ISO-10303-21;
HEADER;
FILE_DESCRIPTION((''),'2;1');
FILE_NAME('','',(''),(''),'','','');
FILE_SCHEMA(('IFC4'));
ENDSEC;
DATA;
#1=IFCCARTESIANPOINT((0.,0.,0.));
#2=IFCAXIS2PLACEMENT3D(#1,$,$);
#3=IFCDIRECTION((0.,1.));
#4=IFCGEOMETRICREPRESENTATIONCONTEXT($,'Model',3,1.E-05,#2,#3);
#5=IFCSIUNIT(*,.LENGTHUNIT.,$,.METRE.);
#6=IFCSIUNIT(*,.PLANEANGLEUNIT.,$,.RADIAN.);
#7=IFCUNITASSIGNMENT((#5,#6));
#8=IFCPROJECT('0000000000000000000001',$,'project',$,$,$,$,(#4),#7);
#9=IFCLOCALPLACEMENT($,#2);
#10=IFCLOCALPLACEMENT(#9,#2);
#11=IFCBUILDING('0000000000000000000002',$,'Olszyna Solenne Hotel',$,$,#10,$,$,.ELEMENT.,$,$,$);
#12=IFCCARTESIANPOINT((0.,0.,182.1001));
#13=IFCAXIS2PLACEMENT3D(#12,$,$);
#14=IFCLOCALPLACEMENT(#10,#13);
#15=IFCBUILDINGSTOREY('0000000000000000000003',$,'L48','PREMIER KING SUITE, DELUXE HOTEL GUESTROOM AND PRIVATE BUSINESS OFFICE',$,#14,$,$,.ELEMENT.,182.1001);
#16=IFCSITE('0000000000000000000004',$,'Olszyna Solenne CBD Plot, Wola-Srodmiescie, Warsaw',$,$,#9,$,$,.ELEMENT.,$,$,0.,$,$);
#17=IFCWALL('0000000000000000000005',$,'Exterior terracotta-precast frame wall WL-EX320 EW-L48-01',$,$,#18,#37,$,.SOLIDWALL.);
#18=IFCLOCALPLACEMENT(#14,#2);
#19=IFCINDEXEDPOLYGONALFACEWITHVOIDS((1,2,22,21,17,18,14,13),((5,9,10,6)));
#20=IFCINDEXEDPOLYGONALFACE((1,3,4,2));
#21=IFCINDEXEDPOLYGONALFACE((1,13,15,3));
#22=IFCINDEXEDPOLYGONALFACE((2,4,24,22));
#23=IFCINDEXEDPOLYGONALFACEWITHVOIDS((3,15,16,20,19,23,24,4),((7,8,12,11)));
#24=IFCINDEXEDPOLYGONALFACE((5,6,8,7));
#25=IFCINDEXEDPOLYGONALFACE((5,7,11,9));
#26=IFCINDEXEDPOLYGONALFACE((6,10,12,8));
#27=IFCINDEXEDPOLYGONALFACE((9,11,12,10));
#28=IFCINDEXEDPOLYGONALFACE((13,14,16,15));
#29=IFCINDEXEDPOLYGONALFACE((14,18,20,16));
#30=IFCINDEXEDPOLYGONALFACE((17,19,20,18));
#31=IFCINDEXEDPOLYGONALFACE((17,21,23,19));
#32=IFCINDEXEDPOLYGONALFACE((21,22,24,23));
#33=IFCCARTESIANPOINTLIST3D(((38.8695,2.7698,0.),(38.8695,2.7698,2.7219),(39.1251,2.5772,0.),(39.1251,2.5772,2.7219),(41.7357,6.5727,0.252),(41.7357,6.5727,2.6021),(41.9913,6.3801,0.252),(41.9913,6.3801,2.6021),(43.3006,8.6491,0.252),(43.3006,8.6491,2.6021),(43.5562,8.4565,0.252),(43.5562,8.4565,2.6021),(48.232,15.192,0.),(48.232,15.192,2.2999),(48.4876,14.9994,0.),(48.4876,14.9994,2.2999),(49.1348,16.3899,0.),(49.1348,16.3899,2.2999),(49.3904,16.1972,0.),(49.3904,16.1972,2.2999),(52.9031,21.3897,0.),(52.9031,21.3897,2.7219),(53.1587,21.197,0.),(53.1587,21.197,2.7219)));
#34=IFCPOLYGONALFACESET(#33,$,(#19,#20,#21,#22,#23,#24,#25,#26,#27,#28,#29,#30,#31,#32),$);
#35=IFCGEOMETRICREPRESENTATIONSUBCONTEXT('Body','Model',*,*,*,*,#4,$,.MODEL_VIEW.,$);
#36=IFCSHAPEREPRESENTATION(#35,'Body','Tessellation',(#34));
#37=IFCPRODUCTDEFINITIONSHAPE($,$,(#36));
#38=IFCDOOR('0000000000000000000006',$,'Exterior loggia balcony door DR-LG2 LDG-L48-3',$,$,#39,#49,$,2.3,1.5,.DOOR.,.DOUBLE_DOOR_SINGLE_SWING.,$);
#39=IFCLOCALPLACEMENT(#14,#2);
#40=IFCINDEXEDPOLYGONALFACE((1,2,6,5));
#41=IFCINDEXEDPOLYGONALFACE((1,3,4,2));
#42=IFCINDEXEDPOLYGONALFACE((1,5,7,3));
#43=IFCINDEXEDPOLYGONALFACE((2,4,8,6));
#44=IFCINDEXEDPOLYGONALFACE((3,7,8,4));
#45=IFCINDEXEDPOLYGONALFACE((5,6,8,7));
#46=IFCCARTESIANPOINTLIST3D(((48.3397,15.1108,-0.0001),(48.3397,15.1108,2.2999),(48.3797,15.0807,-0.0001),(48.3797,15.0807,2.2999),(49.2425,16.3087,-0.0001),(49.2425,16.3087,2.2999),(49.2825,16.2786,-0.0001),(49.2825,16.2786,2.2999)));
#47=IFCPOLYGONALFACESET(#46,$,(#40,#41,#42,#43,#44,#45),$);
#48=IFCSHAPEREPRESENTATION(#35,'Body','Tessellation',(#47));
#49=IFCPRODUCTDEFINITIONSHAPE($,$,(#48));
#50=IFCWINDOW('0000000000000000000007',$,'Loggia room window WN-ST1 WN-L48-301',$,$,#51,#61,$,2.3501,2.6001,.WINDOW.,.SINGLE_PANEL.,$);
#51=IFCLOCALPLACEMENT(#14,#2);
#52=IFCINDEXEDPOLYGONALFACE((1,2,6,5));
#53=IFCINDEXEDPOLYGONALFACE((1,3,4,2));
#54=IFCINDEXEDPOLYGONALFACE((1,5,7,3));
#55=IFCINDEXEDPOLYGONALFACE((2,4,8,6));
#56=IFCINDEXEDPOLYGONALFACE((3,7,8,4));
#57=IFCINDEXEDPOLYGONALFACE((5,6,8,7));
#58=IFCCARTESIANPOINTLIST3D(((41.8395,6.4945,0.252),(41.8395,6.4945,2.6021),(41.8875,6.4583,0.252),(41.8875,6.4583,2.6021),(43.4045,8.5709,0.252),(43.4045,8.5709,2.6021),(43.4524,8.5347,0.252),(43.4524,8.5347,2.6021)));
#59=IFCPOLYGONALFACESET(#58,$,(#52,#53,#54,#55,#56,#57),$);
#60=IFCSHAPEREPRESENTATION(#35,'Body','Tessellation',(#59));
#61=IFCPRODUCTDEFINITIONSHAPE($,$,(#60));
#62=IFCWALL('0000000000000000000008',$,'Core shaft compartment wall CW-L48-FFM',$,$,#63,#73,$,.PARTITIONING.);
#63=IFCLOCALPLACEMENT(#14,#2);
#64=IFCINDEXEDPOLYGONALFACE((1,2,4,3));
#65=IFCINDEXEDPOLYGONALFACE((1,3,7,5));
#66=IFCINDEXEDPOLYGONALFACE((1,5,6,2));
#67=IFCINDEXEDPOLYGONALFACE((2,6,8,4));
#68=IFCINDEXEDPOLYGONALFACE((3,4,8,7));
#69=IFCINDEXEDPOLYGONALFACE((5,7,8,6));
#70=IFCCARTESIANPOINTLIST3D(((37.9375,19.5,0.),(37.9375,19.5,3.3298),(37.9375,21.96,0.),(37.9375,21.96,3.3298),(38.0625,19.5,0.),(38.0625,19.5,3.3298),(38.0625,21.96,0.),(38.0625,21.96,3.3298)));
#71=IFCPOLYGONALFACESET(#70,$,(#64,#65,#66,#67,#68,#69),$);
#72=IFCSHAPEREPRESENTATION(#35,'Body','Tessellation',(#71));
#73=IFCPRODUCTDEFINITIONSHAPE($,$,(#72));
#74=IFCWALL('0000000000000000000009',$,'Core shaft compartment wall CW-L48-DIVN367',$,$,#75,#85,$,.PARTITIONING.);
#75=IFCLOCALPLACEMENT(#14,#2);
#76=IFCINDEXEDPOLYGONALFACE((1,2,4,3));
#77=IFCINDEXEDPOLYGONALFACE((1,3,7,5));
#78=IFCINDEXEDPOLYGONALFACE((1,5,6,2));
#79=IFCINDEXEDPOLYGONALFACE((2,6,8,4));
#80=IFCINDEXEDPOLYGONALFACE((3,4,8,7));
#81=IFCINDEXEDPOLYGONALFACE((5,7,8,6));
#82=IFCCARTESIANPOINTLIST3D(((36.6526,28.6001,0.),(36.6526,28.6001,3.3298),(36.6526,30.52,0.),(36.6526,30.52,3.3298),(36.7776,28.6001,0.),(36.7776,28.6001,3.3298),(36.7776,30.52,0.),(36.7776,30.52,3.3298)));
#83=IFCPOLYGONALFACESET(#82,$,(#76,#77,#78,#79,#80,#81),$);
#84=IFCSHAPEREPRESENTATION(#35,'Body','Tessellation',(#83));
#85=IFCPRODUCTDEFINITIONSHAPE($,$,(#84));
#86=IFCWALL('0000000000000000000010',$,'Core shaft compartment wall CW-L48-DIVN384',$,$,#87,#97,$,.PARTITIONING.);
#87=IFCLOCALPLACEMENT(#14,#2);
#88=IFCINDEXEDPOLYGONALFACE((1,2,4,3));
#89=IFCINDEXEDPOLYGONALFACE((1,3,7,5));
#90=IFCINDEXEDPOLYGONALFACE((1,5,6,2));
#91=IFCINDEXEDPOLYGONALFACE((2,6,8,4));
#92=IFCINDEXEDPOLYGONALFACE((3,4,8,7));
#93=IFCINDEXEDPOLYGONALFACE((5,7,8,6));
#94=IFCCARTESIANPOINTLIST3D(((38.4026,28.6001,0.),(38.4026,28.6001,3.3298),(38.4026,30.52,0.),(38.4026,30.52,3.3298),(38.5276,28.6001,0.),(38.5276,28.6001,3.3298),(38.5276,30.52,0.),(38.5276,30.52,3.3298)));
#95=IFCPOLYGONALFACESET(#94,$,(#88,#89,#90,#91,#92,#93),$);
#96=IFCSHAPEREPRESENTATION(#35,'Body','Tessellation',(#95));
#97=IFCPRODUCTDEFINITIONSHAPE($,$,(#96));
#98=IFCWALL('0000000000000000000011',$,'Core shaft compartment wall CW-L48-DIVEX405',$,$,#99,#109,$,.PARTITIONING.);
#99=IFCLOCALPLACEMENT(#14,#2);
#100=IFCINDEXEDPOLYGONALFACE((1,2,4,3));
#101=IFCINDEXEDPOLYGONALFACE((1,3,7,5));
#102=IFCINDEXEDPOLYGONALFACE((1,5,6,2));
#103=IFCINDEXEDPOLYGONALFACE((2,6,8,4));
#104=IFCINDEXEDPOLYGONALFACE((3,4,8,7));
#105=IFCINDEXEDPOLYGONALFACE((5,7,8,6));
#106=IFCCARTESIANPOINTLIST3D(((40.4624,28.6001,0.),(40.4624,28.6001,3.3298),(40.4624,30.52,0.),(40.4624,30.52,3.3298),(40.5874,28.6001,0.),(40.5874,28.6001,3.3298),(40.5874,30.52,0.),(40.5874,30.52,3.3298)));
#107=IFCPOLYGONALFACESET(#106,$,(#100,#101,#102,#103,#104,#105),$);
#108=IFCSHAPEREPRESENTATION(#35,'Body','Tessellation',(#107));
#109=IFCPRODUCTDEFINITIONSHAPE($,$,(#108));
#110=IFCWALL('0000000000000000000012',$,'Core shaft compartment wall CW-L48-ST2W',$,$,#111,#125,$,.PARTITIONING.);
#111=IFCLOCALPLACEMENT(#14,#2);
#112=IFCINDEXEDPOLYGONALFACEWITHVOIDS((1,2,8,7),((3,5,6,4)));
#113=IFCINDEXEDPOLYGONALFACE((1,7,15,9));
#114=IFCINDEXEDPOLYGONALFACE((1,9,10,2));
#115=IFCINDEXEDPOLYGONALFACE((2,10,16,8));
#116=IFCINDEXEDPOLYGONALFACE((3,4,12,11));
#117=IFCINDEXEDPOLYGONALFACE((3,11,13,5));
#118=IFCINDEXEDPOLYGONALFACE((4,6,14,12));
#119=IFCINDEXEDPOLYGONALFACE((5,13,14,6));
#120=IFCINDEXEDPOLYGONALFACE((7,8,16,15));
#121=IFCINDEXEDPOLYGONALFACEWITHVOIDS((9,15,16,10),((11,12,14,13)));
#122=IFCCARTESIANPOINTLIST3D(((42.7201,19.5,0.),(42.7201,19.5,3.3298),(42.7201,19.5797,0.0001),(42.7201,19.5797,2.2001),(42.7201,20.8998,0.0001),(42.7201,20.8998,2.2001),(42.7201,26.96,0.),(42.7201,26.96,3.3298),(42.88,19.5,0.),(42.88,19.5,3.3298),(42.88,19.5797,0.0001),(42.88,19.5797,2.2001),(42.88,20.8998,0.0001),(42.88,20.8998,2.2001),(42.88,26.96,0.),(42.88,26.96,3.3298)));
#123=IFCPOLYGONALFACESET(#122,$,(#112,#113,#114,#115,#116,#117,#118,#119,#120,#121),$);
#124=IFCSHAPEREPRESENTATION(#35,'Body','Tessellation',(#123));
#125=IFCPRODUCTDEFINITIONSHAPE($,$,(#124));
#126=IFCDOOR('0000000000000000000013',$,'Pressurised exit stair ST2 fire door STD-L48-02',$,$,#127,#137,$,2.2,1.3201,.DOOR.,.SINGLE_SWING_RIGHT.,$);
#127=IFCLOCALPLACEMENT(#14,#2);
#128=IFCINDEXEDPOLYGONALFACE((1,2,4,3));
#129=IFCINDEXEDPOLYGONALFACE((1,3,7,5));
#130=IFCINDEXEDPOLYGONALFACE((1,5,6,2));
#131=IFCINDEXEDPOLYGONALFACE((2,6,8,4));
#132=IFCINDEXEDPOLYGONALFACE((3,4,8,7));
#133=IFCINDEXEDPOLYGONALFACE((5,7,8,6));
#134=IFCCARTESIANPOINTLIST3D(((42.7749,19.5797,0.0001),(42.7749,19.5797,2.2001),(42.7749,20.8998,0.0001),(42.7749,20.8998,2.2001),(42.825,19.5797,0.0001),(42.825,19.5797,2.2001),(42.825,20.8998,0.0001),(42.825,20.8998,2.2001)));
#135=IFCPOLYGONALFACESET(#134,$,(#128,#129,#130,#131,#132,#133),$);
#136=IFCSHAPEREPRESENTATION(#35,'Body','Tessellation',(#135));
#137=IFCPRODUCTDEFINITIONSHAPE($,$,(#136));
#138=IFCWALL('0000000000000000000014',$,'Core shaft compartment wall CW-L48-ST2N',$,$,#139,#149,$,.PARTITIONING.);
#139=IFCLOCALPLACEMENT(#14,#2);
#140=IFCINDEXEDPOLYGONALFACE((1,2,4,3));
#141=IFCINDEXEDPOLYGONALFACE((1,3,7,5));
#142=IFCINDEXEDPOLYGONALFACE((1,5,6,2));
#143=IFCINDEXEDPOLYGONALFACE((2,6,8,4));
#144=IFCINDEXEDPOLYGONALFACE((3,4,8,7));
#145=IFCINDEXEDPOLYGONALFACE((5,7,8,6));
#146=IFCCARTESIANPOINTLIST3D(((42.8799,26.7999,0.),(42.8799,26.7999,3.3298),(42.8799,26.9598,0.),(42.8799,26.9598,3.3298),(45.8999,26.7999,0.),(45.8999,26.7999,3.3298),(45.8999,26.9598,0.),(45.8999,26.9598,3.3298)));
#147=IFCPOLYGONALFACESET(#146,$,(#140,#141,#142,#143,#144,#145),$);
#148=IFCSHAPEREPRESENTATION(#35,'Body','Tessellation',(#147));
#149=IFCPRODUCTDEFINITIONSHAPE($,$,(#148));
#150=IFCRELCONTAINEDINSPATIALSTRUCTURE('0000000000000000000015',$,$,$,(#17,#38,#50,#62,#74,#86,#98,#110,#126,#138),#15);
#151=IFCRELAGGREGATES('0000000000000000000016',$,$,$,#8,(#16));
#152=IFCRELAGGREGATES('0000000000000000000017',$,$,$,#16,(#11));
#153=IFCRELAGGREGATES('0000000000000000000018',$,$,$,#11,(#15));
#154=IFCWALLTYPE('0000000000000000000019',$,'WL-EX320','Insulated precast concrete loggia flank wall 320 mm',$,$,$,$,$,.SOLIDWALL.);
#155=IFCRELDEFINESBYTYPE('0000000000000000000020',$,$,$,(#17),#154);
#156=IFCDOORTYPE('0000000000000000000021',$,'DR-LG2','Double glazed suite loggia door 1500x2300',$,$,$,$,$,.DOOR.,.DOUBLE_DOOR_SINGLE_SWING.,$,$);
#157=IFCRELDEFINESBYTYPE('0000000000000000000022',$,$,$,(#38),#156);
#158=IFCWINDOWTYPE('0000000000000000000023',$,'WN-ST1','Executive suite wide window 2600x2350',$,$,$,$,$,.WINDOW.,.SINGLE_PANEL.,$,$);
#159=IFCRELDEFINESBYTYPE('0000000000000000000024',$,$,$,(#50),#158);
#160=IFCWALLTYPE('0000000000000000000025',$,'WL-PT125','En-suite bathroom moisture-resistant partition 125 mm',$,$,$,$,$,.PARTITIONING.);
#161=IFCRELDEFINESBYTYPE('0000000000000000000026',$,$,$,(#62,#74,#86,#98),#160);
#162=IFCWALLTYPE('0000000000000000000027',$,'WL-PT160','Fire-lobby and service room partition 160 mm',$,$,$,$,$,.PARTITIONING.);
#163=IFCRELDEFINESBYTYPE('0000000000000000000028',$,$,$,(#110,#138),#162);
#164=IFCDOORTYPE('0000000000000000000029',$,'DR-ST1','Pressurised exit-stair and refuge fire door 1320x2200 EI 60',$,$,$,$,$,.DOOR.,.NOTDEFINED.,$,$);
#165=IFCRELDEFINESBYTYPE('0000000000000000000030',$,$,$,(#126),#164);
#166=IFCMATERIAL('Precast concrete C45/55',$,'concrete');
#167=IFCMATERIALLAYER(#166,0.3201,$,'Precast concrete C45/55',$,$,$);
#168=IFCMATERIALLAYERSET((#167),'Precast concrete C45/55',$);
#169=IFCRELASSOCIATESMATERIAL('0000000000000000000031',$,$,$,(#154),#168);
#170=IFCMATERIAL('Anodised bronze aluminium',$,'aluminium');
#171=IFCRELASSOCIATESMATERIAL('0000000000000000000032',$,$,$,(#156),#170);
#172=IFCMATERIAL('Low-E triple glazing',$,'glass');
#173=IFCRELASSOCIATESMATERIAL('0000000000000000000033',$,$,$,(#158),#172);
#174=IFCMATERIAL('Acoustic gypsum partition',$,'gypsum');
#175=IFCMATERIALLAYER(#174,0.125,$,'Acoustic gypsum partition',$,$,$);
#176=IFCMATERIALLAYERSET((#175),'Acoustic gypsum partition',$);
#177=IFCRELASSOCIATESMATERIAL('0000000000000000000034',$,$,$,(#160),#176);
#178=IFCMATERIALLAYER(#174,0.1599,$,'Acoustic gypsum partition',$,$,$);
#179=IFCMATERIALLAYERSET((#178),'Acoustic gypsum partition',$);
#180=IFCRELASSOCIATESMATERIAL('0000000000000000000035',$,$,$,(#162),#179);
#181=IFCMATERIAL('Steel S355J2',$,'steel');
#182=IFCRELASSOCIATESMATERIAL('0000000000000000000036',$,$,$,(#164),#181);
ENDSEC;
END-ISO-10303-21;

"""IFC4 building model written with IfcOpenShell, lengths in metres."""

from ifc_helpers import new_model, si_unit, direction, frame, frame_2d, origin, place, context, subcontext, project, spatial, rectangle, extrude, source, transform, mapped, material, layer, layer_set, type_object, type_shapes, element, fill, save


model = new_model("IFC4")

# Units and contexts
model_context = context("Model", 3, precision=1e-05, world=origin(), true_north=direction((0.0, 1.0)))
body_context = subcontext(model_context, "Body", "Model", "MODEL_VIEW")
ifc_project = project(units=[si_unit("LENGTHUNIT", "METRE"), si_unit("PLANEANGLEUNIT", "RADIAN")], contexts=[model_context])

# Site, building, storey
site_placement = place(None, origin())
site = spatial("IfcSite", under=ifc_project, at=site_placement, Name="Olszyna Solenne CBD Plot, Wola-Srodmiescie, Warsaw", CompositionType="ELEMENT", RefElevation=0.0)
building_placement = place(site_placement, origin())
building = spatial("IfcBuilding", under=site, at=building_placement, Name="Olszyna Solenne Hotel", CompositionType="ELEMENT")
storey_placement = place(building_placement, frame((0.0, 0.0, 182.1001)))
storey = spatial("IfcBuildingStorey", under=building, at=storey_placement, Name="L48", Description="PREMIER KING SUITE, DELUXE HOTEL GUESTROOM AND PRIVATE BUSINESS OFFICE", CompositionType="ELEMENT", Elevation=182.1001)

# Shared definitions
ifc_material_1 = material(Name="Steel S355J2", Category="steel")

# Wall, openings, door, window
ifc_material_2 = material(Name="Precast concrete C45/55", Category="concrete")
ifc_layer_1 = layer(ifc_material_2, 0.3201, Name="Precast concrete C45/55")
ifc_layer_set_1 = layer_set([ifc_layer_1], Name="Precast concrete C45/55")
wall_type_1 = type_object("IfcWallType", Name="WL-EX320", Description="Insulated precast concrete loggia flank wall 320 mm", PredefinedType="SOLIDWALL", material=ifc_layer_set_1)
wall_1_placement = place(storey_placement, frame((53.031, 21.2935, 0.0), z_axis=(0.0, 0.0, 1.0), x_axis=(-0.601886, -0.798582, 0.0)))
wall_1 = element("IfcWall", 1, at=wall_1_placement, inside=storey, type_object=wall_type_1, Name="Exterior terracotta-precast frame wall WL-EX320 EW-L48-01", PredefinedType="SOLIDWALL", context=body_context, shape_type="SweptSolid", body=[
    extrude(rectangle(XDim=23.3162, YDim=0.3201, at=frame_2d((11.6582, 0.0))), origin(), (0.0, 0.0, 1.0), 2.7219),
])
opening_1_placement = place(wall_1_placement, frame((6.261, 0.0, 0.0)))
opening_1 = element("IfcOpeningElement", 2, at=opening_1_placement, cuts=wall_1, PredefinedType="OPENING", context=body_context, shape_type="SweptSolid", body=[
    extrude(rectangle(XDim=1.5, YDim=2.3, at=frame_2d((0.75, 1.1499))), frame((0.0, 0.1699, 0.0), z_axis=(0.0, -1.0, 0.0), x_axis=(1.0, 0.0, 0.0)), (0.0, 0.0, 1.0), 0.3401),
])
opening_2_placement = place(wall_1_placement, frame((15.9541, 0.0, 0.252)))
opening_2 = element("IfcOpeningElement", 3, at=opening_2_placement, cuts=wall_1, PredefinedType="OPENING", context=body_context, shape_type="SweptSolid", body=[
    extrude(rectangle(XDim=2.6001, YDim=2.3501, at=frame_2d((1.3, 1.175))), frame((0.0, 0.1699, 0.0), z_axis=(0.0, -1.0, 0.0), x_axis=(1.0, 0.0, 0.0)), (0.0, 0.0, 1.0), 0.3401),
])
ifc_material_3 = material(Name="Anodised bronze aluminium", Category="aluminium")
door_type_1 = type_object("IfcDoorType", Name="DR-LG2", Description="Double glazed suite loggia door 1500x2300", OperationType="DOUBLE_DOOR_SINGLE_SWING", PredefinedType="DOOR", material=ifc_material_3)
shared_shape_1 = source(origin(), body_context, "Body", "SweptSolid", [
    extrude(rectangle(XDim=1.5, YDim=2.3, at=frame_2d((0.75, 1.1499))), frame((0.0, 0.0249, 0.0), z_axis=(0.0, -1.0, 0.0), x_axis=(1.0, 0.0, 0.0)), (0.0, 0.0, 1.0), 0.05),
])
type_shapes(door_type_1, [shared_shape_1])
door_1_placement = place(opening_1_placement, origin())
door_1 = element("IfcDoor", 4, at=door_1_placement, inside=storey, type_object=door_type_1, Name="Exterior loggia balcony door DR-LG2 LDG-L48-3", OperationType="DOUBLE_DOOR_SINGLE_SWING", OverallHeight=2.3, OverallWidth=1.5, PredefinedType="DOOR", context=body_context, shape_type="MappedRepresentation", body=[
    mapped(shared_shape_1, transform((0.0, 0.0, 0.0), x_axis=(1.0, 0.0, 0.0), y_axis=(0.0, 1.0, 0.0), z_axis=(0.0, 0.0, 1.0), scale=1.0)),
])
fill(opening_1, door_1)
ifc_material_4 = material(Name="Low-E triple glazing", Category="glass")
window_type = type_object("IfcWindowType", Name="WN-ST1", Description="Executive suite wide window 2600x2350", PartitioningType="SINGLE_PANEL", PredefinedType="WINDOW", material=ifc_material_4)
shared_shape_2 = source(origin(), body_context, "Body", "SweptSolid", [
    extrude(rectangle(XDim=2.6001, YDim=2.3501, at=frame_2d((1.3, 1.175))), frame((0.0, 0.03, 0.0), z_axis=(0.0, -1.0, 0.0), x_axis=(1.0, 0.0, 0.0)), (0.0, 0.0, 1.0), 0.0601),
])
type_shapes(window_type, [shared_shape_2])
window_placement = place(opening_2_placement, origin())
window = element("IfcWindow", 5, at=window_placement, inside=storey, type_object=window_type, Name="Loggia room window WN-ST1 WN-L48-301", OverallHeight=2.3501, OverallWidth=2.6001, PartitioningType="SINGLE_PANEL", PredefinedType="WINDOW", context=body_context, shape_type="MappedRepresentation", body=[
    mapped(shared_shape_2, transform((0.0, 0.0, 0.0), x_axis=(1.0, 0.0, 0.0), y_axis=(0.0, 1.0, 0.0), z_axis=(0.0, 0.0, 1.0), scale=1.0)),
])
fill(opening_2, window)

# Walls
ifc_material_5 = material(Name="Acoustic gypsum partition", Category="gypsum")
ifc_layer_2 = layer(ifc_material_5, 0.125, Name="Acoustic gypsum partition")
ifc_layer_set_2 = layer_set([ifc_layer_2], Name="Acoustic gypsum partition")
wall_type_2 = type_object("IfcWallType", Name="WL-PT125", Description="En-suite bathroom moisture-resistant partition 125 mm", PredefinedType="PARTITIONING", material=ifc_layer_set_2)
wall_2_placement = place(storey_placement, frame((38.0, 19.5, 0.0), z_axis=(0.0, 0.0, 1.0), x_axis=(0.0, 1.0, 0.0)))
element("IfcWall", 6, at=wall_2_placement, inside=storey, type_object=wall_type_2, Name="Core shaft compartment wall CW-L48-FFM", PredefinedType="PARTITIONING", context=body_context, shape_type="SweptSolid", body=[
    extrude(rectangle(XDim=2.46, YDim=0.125, at=frame_2d((1.23, 0.0))), origin(), (0.0, 0.0, 1.0), 3.3298),
])
for number, where, z_axis, x_axis, name in (
    (7, (36.7151, 28.6001, 0.0), (0.0, 0.0, 1.0), (0.0, 1.0, 0.0), "Core shaft compartment wall CW-L48-DIVN367"),
    (8, (38.4651, 28.6001, 0.0), (0.0, 0.0, 1.0), (0.0, 1.0, 0.0), "Core shaft compartment wall CW-L48-DIVN384"),
    (9, (40.5249, 28.6001, 0.0), (0.0, 0.0, 1.0), (0.0, 1.0, 0.0), "Core shaft compartment wall CW-L48-DIVEX405"),
):
    element("IfcWall", number, at=place(storey_placement, frame(where, z_axis=z_axis, x_axis=x_axis)), inside=storey, type_object=wall_type_2, Name=name, PredefinedType="PARTITIONING", context=body_context, shape_type="SweptSolid", body=[
        extrude(rectangle(XDim=1.9199, YDim=0.125, at=frame_2d((0.96, 0.0))), origin(), (0.0, 0.0, 1.0), 3.3298),
    ])

# Wall, opening, door
ifc_layer_3 = layer(ifc_material_5, 0.1599, Name="Acoustic gypsum partition")
ifc_layer_set_3 = layer_set([ifc_layer_3], Name="Acoustic gypsum partition")
wall_type_3 = type_object("IfcWallType", Name="WL-PT160", Description="Fire-lobby and service room partition 160 mm", PredefinedType="PARTITIONING", material=ifc_layer_set_3)
wall_3_placement = place(storey_placement, frame((42.8, 26.96, 0.0), z_axis=(0.0, 0.0, 1.0), x_axis=(0.0, -1.0, 0.0)))
wall_3 = element("IfcWall", 10, at=wall_3_placement, inside=storey, type_object=wall_type_3, Name="Core shaft compartment wall CW-L48-ST2W", PredefinedType="PARTITIONING", context=body_context, shape_type="SweptSolid", body=[
    extrude(rectangle(XDim=7.46, YDim=0.1599, at=frame_2d((3.73, 0.0))), origin(), (0.0, 0.0, 1.0), 3.3298),
])
opening_3_placement = place(wall_3_placement, frame((6.0601, 0.0, 0.0)))
opening_3 = element("IfcOpeningElement", 11, at=opening_3_placement, cuts=wall_3, PredefinedType="OPENING", context=body_context, shape_type="SweptSolid", body=[
    extrude(rectangle(XDim=1.3201, YDim=2.2, at=frame_2d((0.6602, 1.1001))), frame((0.0, 0.0898, 0.0), z_axis=(0.0, -1.0, 0.0), x_axis=(1.0, 0.0, 0.0)), (0.0, 0.0, 1.0), 0.1799),
])
door_type_2 = type_object("IfcDoorType", Name="DR-ST1", Description="Pressurised exit-stair and refuge fire door 1320x2200 EI 60", OperationType="NOTDEFINED", PredefinedType="DOOR", material=ifc_material_1)
shared_shape_3 = source(origin(), body_context, "Body", "SweptSolid", [
    extrude(rectangle(XDim=1.3201, YDim=2.2, at=frame_2d((0.6602, 1.1001))), frame((0.0, 0.0249, 0.0), z_axis=(0.0, -1.0, 0.0), x_axis=(1.0, 0.0, 0.0)), (0.0, 0.0, 1.0), 0.05),
])
type_shapes(door_type_2, [shared_shape_3])
door_2_placement = place(opening_3_placement, origin())
door_2 = element("IfcDoor", 12, at=door_2_placement, inside=storey, type_object=door_type_2, Name="Pressurised exit stair ST2 fire door STD-L48-02", OperationType="SINGLE_SWING_RIGHT", OverallHeight=2.2, OverallWidth=1.3201, PredefinedType="DOOR", context=body_context, shape_type="MappedRepresentation", body=[
    mapped(shared_shape_3, transform((0.0, 0.0, 0.0), x_axis=(1.0, 0.0, 0.0), y_axis=(0.0, 1.0, 0.0), z_axis=(0.0, 0.0, 1.0), scale=1.0)),
])
fill(opening_3, door_2)

# Wall
wall_4_placement = place(storey_placement, frame((42.8799, 26.8799, 0.0), z_axis=(0.0, 0.0, 1.0), x_axis=(1.0, 0.0, 0.0)))
element("IfcWall", 13, at=wall_4_placement, inside=storey, type_object=wall_type_3, Name="Core shaft compartment wall CW-L48-ST2N", PredefinedType="PARTITIONING", context=body_context, shape_type="SweptSolid", body=[
    extrude(rectangle(XDim=3.02, YDim=0.1599, at=frame_2d((1.51, 0.0))), origin(), (0.0, 0.0, 1.0), 3.3298),
])

save(model, "model.ifc")
